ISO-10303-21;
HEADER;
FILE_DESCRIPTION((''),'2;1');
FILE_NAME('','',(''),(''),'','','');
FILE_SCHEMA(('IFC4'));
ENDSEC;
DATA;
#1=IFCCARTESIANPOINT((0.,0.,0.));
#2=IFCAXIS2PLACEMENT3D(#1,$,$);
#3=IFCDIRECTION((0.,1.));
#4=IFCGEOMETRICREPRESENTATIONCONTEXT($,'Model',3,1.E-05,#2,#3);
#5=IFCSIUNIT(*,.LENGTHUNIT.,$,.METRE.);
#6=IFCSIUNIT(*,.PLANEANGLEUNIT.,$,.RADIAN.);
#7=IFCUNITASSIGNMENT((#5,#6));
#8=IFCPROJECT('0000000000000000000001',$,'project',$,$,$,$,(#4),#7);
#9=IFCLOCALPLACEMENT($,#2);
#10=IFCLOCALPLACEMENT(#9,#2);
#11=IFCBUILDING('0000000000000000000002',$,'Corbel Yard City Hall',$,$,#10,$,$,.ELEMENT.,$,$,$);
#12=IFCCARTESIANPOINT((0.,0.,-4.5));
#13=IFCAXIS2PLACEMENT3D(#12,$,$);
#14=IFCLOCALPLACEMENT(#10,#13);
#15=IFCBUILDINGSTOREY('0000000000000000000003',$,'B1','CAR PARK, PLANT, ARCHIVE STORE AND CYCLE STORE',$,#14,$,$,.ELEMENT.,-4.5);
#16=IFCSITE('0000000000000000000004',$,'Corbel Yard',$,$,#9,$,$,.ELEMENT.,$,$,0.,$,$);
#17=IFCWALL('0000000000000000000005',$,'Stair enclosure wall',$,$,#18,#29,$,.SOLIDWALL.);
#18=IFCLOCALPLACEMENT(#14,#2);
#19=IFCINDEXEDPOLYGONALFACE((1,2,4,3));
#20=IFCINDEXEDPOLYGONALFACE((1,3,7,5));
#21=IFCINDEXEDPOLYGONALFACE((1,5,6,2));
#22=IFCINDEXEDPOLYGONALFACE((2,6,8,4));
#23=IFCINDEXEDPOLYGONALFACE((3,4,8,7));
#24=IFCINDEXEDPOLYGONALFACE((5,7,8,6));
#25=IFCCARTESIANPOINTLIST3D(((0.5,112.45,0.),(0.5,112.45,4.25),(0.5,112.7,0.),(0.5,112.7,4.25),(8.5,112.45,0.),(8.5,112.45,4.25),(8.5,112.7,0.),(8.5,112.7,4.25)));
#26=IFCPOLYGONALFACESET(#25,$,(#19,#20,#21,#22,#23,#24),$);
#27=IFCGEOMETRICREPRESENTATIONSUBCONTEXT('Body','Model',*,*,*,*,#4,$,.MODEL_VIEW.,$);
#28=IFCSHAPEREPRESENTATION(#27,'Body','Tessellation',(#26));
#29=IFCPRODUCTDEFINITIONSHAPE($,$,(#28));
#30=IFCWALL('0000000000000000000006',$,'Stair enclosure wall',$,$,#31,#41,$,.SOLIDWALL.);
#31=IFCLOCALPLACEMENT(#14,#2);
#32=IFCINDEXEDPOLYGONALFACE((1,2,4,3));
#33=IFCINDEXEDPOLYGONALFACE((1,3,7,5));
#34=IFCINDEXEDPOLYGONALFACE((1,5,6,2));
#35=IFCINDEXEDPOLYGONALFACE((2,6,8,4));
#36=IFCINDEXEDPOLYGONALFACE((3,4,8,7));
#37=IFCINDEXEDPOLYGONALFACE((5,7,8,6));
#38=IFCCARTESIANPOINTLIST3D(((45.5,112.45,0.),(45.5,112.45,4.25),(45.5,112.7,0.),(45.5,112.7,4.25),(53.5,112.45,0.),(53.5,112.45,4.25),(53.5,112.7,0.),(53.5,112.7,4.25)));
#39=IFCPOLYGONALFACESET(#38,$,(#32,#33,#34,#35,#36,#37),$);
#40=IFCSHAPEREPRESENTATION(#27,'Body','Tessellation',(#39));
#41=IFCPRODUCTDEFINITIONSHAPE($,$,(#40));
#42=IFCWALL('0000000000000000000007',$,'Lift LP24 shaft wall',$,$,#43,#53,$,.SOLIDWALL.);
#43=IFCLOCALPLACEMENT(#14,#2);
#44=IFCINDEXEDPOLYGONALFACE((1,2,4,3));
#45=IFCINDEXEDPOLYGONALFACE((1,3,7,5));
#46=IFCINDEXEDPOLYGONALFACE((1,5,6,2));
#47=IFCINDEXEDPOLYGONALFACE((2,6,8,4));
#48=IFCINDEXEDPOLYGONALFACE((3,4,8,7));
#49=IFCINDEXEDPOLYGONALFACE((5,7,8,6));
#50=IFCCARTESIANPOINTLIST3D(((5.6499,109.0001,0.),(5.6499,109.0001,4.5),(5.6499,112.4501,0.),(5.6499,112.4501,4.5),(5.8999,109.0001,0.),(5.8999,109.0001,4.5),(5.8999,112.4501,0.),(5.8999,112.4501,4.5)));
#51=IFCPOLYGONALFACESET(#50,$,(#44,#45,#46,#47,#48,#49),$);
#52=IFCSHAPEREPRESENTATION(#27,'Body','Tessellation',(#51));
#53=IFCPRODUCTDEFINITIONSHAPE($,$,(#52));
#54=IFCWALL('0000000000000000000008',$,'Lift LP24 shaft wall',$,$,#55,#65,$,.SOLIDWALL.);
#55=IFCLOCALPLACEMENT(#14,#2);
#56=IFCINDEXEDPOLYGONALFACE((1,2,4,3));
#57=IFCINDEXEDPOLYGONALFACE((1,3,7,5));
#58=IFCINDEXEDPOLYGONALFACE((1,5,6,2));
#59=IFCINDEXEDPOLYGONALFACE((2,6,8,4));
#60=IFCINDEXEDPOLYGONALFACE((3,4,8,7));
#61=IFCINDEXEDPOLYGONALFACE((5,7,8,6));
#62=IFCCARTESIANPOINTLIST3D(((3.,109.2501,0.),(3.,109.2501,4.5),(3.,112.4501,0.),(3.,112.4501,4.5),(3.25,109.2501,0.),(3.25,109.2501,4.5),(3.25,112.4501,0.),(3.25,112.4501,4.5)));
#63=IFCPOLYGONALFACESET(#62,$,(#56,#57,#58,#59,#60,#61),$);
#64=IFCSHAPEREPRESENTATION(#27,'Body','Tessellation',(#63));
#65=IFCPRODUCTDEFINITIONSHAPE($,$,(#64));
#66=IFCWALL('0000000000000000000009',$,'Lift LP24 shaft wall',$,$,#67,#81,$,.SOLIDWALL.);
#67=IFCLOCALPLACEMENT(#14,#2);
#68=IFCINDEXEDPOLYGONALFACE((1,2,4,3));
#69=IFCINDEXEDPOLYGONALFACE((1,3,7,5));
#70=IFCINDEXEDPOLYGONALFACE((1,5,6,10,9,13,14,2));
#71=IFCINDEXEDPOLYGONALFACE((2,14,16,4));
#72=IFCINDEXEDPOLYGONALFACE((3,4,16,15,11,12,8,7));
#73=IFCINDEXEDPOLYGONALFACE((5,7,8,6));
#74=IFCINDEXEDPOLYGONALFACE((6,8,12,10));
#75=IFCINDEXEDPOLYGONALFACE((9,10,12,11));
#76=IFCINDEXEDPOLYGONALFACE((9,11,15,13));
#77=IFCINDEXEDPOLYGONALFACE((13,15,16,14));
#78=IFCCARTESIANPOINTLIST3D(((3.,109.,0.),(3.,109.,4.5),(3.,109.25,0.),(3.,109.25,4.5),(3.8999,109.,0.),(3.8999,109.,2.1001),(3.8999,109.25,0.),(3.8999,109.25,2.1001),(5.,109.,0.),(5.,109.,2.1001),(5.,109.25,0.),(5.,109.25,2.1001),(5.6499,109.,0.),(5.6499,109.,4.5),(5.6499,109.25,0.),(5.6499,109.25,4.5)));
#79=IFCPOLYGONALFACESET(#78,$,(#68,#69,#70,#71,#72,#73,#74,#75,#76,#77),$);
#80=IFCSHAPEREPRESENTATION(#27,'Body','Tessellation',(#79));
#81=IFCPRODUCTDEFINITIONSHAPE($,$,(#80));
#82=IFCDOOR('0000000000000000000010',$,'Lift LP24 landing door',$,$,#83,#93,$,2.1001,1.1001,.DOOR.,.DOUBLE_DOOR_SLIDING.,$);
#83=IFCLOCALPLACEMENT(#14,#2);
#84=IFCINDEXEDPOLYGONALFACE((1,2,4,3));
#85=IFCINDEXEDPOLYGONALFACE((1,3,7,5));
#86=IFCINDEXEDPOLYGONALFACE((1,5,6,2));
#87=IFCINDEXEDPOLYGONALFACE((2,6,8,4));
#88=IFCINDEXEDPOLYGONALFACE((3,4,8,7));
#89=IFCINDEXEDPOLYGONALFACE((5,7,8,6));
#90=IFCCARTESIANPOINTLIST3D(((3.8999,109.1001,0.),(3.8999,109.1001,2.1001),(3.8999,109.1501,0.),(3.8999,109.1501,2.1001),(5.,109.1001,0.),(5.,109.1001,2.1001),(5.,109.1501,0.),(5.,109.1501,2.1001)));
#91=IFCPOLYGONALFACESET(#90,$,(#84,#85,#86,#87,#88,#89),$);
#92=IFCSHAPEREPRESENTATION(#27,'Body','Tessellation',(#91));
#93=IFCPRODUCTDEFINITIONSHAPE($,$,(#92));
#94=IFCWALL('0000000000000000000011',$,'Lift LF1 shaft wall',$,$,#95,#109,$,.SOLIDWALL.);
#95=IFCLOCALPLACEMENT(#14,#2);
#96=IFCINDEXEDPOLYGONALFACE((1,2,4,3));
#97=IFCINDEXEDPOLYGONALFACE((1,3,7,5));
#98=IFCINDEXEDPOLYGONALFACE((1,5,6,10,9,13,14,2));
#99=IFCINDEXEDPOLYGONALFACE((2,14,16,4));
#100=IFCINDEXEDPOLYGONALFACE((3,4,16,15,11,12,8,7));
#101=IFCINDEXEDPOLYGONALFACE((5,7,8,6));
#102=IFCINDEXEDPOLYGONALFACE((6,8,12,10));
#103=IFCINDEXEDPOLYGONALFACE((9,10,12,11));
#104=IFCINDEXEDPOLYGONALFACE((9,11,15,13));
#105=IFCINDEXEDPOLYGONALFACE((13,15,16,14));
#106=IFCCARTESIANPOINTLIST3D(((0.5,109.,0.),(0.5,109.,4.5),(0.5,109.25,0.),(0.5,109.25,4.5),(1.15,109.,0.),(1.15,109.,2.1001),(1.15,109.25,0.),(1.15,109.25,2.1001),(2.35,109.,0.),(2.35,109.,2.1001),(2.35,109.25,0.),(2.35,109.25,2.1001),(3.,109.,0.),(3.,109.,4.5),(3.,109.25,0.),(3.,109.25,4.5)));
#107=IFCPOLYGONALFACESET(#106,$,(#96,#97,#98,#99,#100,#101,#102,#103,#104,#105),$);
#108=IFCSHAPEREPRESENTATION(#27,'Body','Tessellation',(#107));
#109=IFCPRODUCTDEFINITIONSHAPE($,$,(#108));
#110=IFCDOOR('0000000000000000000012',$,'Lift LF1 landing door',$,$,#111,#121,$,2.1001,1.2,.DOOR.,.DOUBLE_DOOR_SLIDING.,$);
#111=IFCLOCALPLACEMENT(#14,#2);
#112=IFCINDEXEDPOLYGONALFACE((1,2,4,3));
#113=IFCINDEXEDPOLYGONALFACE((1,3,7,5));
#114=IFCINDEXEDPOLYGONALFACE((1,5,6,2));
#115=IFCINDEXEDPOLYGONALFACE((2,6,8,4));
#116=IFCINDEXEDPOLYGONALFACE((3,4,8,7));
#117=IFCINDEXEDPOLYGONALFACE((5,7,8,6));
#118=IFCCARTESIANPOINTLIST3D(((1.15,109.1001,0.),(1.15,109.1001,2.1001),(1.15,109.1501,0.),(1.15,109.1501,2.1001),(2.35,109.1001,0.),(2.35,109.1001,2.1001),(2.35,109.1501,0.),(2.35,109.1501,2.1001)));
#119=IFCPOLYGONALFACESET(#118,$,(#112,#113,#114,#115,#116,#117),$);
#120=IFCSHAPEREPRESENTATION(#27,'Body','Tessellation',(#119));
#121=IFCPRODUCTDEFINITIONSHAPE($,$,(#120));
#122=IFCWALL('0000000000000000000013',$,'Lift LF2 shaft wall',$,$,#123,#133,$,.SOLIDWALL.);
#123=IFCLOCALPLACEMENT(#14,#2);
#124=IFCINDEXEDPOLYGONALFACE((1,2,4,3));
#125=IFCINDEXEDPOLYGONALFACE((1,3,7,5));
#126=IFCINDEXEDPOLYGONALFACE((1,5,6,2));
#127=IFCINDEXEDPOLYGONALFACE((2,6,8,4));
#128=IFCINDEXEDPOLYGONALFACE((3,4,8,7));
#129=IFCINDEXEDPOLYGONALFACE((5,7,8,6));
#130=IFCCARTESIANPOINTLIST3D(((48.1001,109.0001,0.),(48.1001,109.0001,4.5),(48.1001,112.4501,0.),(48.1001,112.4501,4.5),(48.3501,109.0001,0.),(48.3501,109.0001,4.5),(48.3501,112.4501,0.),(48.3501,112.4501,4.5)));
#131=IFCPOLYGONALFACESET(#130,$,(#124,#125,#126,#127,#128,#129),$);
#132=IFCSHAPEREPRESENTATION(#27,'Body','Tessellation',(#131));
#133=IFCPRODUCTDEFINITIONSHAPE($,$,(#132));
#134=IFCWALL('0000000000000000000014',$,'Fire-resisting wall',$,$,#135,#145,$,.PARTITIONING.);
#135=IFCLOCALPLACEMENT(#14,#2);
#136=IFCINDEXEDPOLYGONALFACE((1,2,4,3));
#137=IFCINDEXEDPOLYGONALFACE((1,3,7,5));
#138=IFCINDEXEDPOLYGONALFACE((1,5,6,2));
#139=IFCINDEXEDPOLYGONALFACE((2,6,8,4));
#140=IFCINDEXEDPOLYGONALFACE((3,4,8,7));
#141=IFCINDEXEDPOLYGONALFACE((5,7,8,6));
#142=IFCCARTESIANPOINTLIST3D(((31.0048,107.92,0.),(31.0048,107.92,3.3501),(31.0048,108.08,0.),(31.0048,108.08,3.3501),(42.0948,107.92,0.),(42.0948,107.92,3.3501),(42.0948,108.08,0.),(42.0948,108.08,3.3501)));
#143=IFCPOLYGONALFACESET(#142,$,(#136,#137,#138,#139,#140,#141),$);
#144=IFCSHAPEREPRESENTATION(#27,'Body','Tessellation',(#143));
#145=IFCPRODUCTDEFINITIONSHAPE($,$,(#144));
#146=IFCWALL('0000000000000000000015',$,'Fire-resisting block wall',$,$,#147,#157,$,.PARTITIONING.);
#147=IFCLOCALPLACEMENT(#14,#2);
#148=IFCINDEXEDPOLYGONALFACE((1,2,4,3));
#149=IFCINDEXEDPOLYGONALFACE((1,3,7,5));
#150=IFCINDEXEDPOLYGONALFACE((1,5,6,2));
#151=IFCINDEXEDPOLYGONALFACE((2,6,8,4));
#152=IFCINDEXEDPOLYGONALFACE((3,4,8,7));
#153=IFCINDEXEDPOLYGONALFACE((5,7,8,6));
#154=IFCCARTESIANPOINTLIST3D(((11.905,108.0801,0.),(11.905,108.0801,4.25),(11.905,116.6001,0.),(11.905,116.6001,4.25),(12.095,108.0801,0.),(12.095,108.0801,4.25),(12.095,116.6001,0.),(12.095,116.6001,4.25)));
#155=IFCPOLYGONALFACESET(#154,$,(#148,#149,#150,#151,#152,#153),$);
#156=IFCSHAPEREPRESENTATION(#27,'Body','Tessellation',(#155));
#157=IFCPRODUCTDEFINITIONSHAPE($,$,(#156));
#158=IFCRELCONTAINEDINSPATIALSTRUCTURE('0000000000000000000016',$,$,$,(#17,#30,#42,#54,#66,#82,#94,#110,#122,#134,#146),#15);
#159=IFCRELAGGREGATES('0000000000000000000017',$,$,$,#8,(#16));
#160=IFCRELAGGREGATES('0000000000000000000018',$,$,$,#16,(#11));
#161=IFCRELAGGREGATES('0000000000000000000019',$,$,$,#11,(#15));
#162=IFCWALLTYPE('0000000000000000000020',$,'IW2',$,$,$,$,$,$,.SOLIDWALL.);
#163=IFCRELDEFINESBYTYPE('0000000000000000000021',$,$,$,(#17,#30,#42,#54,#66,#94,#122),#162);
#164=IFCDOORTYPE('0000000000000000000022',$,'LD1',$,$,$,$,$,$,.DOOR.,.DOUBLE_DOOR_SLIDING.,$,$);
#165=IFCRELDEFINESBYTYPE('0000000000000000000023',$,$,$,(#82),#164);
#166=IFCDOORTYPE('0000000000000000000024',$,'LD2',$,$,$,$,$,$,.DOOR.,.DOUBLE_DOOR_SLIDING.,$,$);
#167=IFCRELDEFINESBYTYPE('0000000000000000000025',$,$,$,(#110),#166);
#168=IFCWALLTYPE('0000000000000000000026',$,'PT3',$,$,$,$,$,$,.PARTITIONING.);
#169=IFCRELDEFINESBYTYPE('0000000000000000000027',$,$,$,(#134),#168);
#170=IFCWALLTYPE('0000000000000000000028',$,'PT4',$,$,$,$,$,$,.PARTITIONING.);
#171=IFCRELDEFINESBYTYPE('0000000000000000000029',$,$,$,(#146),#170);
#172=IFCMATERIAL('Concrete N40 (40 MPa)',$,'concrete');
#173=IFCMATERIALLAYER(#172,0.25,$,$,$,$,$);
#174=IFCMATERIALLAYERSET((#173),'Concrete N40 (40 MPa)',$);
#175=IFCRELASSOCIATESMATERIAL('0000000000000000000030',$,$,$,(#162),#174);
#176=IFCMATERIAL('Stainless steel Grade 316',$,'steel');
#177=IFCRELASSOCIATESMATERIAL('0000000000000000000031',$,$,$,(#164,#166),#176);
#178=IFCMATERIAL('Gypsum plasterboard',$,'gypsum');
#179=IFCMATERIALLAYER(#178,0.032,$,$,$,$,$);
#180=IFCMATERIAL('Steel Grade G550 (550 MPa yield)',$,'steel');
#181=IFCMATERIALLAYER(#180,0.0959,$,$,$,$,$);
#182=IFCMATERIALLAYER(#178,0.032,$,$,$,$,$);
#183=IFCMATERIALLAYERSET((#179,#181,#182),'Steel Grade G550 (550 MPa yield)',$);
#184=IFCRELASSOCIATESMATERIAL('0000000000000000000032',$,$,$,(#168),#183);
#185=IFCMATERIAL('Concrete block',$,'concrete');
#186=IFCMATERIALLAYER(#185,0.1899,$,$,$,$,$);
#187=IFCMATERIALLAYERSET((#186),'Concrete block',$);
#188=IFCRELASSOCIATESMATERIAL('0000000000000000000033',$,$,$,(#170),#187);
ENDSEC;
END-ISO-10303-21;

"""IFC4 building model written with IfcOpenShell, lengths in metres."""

from ifc_helpers import new_model, si_unit, direction, frame, frame_2d, origin, place, context, subcontext, project, spatial, rectangle, extrude, material, layer, layer_set, type_object, element, fill, save


model = new_model("IFC4")

# Units and contexts
model_context = context("Model", 3, precision=1e-05, world=origin(), true_north=direction((0.0, 1.0)))
body_context = subcontext(model_context, "Body", "Model", "MODEL_VIEW")
ifc_project = project(units=[si_unit("LENGTHUNIT", "METRE"), si_unit("PLANEANGLEUNIT", "RADIAN")], contexts=[model_context])

# Site, building, storey
site_placement = place(None, origin())
site = spatial("IfcSite", under=ifc_project, at=site_placement, Name="Corbel Yard", CompositionType="ELEMENT", RefElevation=0.0)
building_placement = place(site_placement, origin())
building = spatial("IfcBuilding", under=site, at=building_placement, Name="Corbel Yard City Hall", CompositionType="ELEMENT")
storey_placement = place(building_placement, frame((0.0, 0.0, -4.5)))
storey = spatial("IfcBuildingStorey", under=building, at=storey_placement, Name="B1", Description="CAR PARK, PLANT, ARCHIVE STORE AND CYCLE STORE", CompositionType="ELEMENT", Elevation=-4.5)

# Walls
ifc_material_1 = material(Name="Concrete N40 (40 MPa)", Category="concrete")
ifc_layer_1 = layer(ifc_material_1, 0.25)
ifc_layer_set_1 = layer_set([ifc_layer_1], Name="Concrete N40 (40 MPa)")
wall_type_1 = type_object("IfcWallType", Name="IW2", PredefinedType="SOLIDWALL", material=ifc_layer_set_1)
for number, where, z_axis, x_axis, name in (
    (1, (8.5, 112.575, 0.0), (0.0, 0.0, 1.0), (-1.0, 0.0, 0.0), "Stair enclosure wall"),
    (2, (45.5, 112.575, 0.0), (0.0, 0.0, 1.0), (1.0, 0.0, 0.0), "Stair enclosure wall"),
):
    element("IfcWall", number, at=place(storey_placement, frame(where, z_axis=z_axis, x_axis=x_axis)), inside=storey, type_object=wall_type_1, Name=name, PredefinedType="SOLIDWALL", context=body_context, shape_type="SweptSolid", body=[
        extrude(rectangle(XDim=8.0, YDim=0.25, at=frame_2d((4.0, 0.0))), origin(), (0.0, 0.0, 1.0), 4.25),
    ])
wall_1_placement = place(storey_placement, frame((5.7749, 109.0, 0.0), z_axis=(0.0, 0.0, 1.0), x_axis=(0.0, 1.0, 0.0)))
element("IfcWall", 3, at=wall_1_placement, inside=storey, type_object=wall_type_1, Name="Lift LP24 shaft wall", PredefinedType="SOLIDWALL", context=body_context, shape_type="SweptSolid", body=[
    extrude(rectangle(XDim=3.45, YDim=0.25, at=frame_2d((1.7251, 0.0))), origin(), (0.0, 0.0, 1.0), 4.5),
])
wall_2_placement = place(storey_placement, frame((3.125, 109.25, 0.0), z_axis=(0.0, 0.0, 1.0), x_axis=(0.0, 1.0, 0.0)))
element("IfcWall", 4, at=wall_2_placement, inside=storey, type_object=wall_type_1, Name="Lift LP24 shaft wall", PredefinedType="SOLIDWALL", context=body_context, shape_type="SweptSolid", body=[
    extrude(rectangle(XDim=3.2, YDim=0.25, at=frame_2d((1.6001, 0.0))), origin(), (0.0, 0.0, 1.0), 4.5),
])

# Walls, openings, doors
wall_3_placement = place(storey_placement, frame((5.6499, 109.125, 0.0), z_axis=(0.0, 0.0, 1.0), x_axis=(-1.0, 0.0, 0.0)))
wall_3 = element("IfcWall", 5, at=wall_3_placement, inside=storey, type_object=wall_type_1, Name="Lift LP24 shaft wall", PredefinedType="SOLIDWALL", context=body_context, shape_type="SweptSolid", body=[
    extrude(rectangle(XDim=2.6499, YDim=0.25, at=frame_2d((1.325, 0.0))), origin(), (0.0, 0.0, 1.0), 4.5),
])
opening_1_placement = place(wall_3_placement, frame((0.6499, 0.0, 0.0)))
opening_1 = element("IfcOpeningElement", 6, at=opening_1_placement, cuts=wall_3, PredefinedType="OPENING", context=body_context, shape_type="SweptSolid", body=[
    extrude(rectangle(XDim=1.1001, YDim=2.1001, at=frame_2d((0.55, 1.05))), frame((0.0, 0.135, 0.0), z_axis=(0.0, -1.0, 0.0), x_axis=(1.0, 0.0, 0.0)), (0.0, 0.0, 1.0), 0.27),
])
ifc_material_2 = material(Name="Stainless steel Grade 316", Category="steel")
door_type_1 = type_object("IfcDoorType", Name="LD1", OperationType="DOUBLE_DOOR_SLIDING", PredefinedType="DOOR", material=ifc_material_2)
door_1_placement = place(opening_1_placement, origin())
door_1 = element("IfcDoor", 7, at=door_1_placement, inside=storey, type_object=door_type_1, Name="Lift LP24 landing door", OperationType="DOUBLE_DOOR_SLIDING", OverallHeight=2.1001, OverallWidth=1.1001, PredefinedType="DOOR", context=body_context, shape_type="SweptSolid", body=[
    extrude(rectangle(XDim=1.1001, YDim=2.1001, at=frame_2d((0.55, 1.05))), frame((0.0, 0.0249, 0.0), z_axis=(0.0, -1.0, 0.0), x_axis=(1.0, 0.0, 0.0)), (0.0, 0.0, 1.0), 0.05),
])
fill(opening_1, door_1)
wall_4_placement = place(storey_placement, frame((3.0, 109.125, 0.0), z_axis=(0.0, 0.0, 1.0), x_axis=(-1.0, 0.0, 0.0)))
wall_4 = element("IfcWall", 8, at=wall_4_placement, inside=storey, type_object=wall_type_1, Name="Lift LF1 shaft wall", PredefinedType="SOLIDWALL", context=body_context, shape_type="SweptSolid", body=[
    extrude(rectangle(XDim=2.5, YDim=0.25, at=frame_2d((1.25, 0.0))), origin(), (0.0, 0.0, 1.0), 4.5),
])
opening_2_placement = place(wall_4_placement, frame((0.6499, 0.0, 0.0)))
opening_2 = element("IfcOpeningElement", 9, at=opening_2_placement, cuts=wall_4, PredefinedType="OPENING", context=body_context, shape_type="SweptSolid", body=[
    extrude(rectangle(XDim=1.2, YDim=2.1001, at=frame_2d((0.6001, 1.05))), frame((0.0, 0.135, 0.0), z_axis=(0.0, -1.0, 0.0), x_axis=(1.0, 0.0, 0.0)), (0.0, 0.0, 1.0), 0.27),
])
door_type_2 = type_object("IfcDoorType", Name="LD2", OperationType="DOUBLE_DOOR_SLIDING", PredefinedType="DOOR", material=ifc_material_2)
door_2_placement = place(opening_2_placement, origin())
door_2 = element("IfcDoor", 10, at=door_2_placement, inside=storey, type_object=door_type_2, Name="Lift LF1 landing door", OperationType="DOUBLE_DOOR_SLIDING", OverallHeight=2.1001, OverallWidth=1.2, PredefinedType="DOOR", context=body_context, shape_type="SweptSolid", body=[
    extrude(rectangle(XDim=1.2, YDim=2.1001, at=frame_2d((0.6001, 1.05))), frame((0.0, 0.0249, 0.0), z_axis=(0.0, -1.0, 0.0), x_axis=(1.0, 0.0, 0.0)), (0.0, 0.0, 1.0), 0.05),
])
fill(opening_2, door_2)

# Walls
wall_5_placement = place(storey_placement, frame((48.2251, 109.0, 0.0), z_axis=(0.0, 0.0, 1.0), x_axis=(0.0, 1.0, 0.0)))
element("IfcWall", 11, at=wall_5_placement, inside=storey, type_object=wall_type_1, Name="Lift LF2 shaft wall", PredefinedType="SOLIDWALL", context=body_context, shape_type="SweptSolid", body=[
    extrude(rectangle(XDim=3.45, YDim=0.25, at=frame_2d((1.7251, 0.0))), origin(), (0.0, 0.0, 1.0), 4.5),
])
ifc_material_3 = material(Name="Gypsum plasterboard", Category="gypsum")
ifc_layer_2 = layer(ifc_material_3, 0.032)
ifc_material_4 = material(Name="Steel Grade G550 (550 MPa yield)", Category="steel")
ifc_layer_3 = layer(ifc_material_4, 0.0959)
ifc_layer_4 = layer(ifc_material_3, 0.032)
ifc_layer_set_2 = layer_set([ifc_layer_2, ifc_layer_3, ifc_layer_4], Name="Steel Grade G550 (550 MPa yield)")
wall_type_2 = type_object("IfcWallType", Name="PT3", PredefinedType="PARTITIONING", material=ifc_layer_set_2)
wall_6_placement = place(storey_placement, frame((31.0049, 108.0, 0.0), z_axis=(0.0, 0.0, 1.0), x_axis=(1.0, 0.0, 0.0)))
element("IfcWall", 12, at=wall_6_placement, inside=storey, type_object=wall_type_2, Name="Fire-resisting wall", PredefinedType="PARTITIONING", context=body_context, shape_type="SweptSolid", body=[
    extrude(rectangle(XDim=11.0901, YDim=0.1599, at=frame_2d((5.5449, 0.0))), origin(), (0.0, 0.0, 1.0), 3.3501),
])
ifc_material_5 = material(Name="Concrete block", Category="concrete")
ifc_layer_5 = layer(ifc_material_5, 0.1899)
ifc_layer_set_3 = layer_set([ifc_layer_5], Name="Concrete block")
wall_type_3 = type_object("IfcWallType", Name="PT4", PredefinedType="PARTITIONING", material=ifc_layer_set_3)
wall_7_placement = place(storey_placement, frame((12.0, 108.0801, 0.0), z_axis=(0.0, 0.0, 1.0), x_axis=(0.0, 1.0, 0.0)))
element("IfcWall", 13, at=wall_7_placement, inside=storey, type_object=wall_type_3, Name="Fire-resisting block wall", PredefinedType="PARTITIONING", context=body_context, shape_type="SweptSolid", body=[
    extrude(rectangle(XDim=8.52, YDim=0.1899, at=frame_2d((4.26, 0.0))), origin(), (0.0, 0.0, 1.0), 4.25),
])

save(model, "model.ifc")
